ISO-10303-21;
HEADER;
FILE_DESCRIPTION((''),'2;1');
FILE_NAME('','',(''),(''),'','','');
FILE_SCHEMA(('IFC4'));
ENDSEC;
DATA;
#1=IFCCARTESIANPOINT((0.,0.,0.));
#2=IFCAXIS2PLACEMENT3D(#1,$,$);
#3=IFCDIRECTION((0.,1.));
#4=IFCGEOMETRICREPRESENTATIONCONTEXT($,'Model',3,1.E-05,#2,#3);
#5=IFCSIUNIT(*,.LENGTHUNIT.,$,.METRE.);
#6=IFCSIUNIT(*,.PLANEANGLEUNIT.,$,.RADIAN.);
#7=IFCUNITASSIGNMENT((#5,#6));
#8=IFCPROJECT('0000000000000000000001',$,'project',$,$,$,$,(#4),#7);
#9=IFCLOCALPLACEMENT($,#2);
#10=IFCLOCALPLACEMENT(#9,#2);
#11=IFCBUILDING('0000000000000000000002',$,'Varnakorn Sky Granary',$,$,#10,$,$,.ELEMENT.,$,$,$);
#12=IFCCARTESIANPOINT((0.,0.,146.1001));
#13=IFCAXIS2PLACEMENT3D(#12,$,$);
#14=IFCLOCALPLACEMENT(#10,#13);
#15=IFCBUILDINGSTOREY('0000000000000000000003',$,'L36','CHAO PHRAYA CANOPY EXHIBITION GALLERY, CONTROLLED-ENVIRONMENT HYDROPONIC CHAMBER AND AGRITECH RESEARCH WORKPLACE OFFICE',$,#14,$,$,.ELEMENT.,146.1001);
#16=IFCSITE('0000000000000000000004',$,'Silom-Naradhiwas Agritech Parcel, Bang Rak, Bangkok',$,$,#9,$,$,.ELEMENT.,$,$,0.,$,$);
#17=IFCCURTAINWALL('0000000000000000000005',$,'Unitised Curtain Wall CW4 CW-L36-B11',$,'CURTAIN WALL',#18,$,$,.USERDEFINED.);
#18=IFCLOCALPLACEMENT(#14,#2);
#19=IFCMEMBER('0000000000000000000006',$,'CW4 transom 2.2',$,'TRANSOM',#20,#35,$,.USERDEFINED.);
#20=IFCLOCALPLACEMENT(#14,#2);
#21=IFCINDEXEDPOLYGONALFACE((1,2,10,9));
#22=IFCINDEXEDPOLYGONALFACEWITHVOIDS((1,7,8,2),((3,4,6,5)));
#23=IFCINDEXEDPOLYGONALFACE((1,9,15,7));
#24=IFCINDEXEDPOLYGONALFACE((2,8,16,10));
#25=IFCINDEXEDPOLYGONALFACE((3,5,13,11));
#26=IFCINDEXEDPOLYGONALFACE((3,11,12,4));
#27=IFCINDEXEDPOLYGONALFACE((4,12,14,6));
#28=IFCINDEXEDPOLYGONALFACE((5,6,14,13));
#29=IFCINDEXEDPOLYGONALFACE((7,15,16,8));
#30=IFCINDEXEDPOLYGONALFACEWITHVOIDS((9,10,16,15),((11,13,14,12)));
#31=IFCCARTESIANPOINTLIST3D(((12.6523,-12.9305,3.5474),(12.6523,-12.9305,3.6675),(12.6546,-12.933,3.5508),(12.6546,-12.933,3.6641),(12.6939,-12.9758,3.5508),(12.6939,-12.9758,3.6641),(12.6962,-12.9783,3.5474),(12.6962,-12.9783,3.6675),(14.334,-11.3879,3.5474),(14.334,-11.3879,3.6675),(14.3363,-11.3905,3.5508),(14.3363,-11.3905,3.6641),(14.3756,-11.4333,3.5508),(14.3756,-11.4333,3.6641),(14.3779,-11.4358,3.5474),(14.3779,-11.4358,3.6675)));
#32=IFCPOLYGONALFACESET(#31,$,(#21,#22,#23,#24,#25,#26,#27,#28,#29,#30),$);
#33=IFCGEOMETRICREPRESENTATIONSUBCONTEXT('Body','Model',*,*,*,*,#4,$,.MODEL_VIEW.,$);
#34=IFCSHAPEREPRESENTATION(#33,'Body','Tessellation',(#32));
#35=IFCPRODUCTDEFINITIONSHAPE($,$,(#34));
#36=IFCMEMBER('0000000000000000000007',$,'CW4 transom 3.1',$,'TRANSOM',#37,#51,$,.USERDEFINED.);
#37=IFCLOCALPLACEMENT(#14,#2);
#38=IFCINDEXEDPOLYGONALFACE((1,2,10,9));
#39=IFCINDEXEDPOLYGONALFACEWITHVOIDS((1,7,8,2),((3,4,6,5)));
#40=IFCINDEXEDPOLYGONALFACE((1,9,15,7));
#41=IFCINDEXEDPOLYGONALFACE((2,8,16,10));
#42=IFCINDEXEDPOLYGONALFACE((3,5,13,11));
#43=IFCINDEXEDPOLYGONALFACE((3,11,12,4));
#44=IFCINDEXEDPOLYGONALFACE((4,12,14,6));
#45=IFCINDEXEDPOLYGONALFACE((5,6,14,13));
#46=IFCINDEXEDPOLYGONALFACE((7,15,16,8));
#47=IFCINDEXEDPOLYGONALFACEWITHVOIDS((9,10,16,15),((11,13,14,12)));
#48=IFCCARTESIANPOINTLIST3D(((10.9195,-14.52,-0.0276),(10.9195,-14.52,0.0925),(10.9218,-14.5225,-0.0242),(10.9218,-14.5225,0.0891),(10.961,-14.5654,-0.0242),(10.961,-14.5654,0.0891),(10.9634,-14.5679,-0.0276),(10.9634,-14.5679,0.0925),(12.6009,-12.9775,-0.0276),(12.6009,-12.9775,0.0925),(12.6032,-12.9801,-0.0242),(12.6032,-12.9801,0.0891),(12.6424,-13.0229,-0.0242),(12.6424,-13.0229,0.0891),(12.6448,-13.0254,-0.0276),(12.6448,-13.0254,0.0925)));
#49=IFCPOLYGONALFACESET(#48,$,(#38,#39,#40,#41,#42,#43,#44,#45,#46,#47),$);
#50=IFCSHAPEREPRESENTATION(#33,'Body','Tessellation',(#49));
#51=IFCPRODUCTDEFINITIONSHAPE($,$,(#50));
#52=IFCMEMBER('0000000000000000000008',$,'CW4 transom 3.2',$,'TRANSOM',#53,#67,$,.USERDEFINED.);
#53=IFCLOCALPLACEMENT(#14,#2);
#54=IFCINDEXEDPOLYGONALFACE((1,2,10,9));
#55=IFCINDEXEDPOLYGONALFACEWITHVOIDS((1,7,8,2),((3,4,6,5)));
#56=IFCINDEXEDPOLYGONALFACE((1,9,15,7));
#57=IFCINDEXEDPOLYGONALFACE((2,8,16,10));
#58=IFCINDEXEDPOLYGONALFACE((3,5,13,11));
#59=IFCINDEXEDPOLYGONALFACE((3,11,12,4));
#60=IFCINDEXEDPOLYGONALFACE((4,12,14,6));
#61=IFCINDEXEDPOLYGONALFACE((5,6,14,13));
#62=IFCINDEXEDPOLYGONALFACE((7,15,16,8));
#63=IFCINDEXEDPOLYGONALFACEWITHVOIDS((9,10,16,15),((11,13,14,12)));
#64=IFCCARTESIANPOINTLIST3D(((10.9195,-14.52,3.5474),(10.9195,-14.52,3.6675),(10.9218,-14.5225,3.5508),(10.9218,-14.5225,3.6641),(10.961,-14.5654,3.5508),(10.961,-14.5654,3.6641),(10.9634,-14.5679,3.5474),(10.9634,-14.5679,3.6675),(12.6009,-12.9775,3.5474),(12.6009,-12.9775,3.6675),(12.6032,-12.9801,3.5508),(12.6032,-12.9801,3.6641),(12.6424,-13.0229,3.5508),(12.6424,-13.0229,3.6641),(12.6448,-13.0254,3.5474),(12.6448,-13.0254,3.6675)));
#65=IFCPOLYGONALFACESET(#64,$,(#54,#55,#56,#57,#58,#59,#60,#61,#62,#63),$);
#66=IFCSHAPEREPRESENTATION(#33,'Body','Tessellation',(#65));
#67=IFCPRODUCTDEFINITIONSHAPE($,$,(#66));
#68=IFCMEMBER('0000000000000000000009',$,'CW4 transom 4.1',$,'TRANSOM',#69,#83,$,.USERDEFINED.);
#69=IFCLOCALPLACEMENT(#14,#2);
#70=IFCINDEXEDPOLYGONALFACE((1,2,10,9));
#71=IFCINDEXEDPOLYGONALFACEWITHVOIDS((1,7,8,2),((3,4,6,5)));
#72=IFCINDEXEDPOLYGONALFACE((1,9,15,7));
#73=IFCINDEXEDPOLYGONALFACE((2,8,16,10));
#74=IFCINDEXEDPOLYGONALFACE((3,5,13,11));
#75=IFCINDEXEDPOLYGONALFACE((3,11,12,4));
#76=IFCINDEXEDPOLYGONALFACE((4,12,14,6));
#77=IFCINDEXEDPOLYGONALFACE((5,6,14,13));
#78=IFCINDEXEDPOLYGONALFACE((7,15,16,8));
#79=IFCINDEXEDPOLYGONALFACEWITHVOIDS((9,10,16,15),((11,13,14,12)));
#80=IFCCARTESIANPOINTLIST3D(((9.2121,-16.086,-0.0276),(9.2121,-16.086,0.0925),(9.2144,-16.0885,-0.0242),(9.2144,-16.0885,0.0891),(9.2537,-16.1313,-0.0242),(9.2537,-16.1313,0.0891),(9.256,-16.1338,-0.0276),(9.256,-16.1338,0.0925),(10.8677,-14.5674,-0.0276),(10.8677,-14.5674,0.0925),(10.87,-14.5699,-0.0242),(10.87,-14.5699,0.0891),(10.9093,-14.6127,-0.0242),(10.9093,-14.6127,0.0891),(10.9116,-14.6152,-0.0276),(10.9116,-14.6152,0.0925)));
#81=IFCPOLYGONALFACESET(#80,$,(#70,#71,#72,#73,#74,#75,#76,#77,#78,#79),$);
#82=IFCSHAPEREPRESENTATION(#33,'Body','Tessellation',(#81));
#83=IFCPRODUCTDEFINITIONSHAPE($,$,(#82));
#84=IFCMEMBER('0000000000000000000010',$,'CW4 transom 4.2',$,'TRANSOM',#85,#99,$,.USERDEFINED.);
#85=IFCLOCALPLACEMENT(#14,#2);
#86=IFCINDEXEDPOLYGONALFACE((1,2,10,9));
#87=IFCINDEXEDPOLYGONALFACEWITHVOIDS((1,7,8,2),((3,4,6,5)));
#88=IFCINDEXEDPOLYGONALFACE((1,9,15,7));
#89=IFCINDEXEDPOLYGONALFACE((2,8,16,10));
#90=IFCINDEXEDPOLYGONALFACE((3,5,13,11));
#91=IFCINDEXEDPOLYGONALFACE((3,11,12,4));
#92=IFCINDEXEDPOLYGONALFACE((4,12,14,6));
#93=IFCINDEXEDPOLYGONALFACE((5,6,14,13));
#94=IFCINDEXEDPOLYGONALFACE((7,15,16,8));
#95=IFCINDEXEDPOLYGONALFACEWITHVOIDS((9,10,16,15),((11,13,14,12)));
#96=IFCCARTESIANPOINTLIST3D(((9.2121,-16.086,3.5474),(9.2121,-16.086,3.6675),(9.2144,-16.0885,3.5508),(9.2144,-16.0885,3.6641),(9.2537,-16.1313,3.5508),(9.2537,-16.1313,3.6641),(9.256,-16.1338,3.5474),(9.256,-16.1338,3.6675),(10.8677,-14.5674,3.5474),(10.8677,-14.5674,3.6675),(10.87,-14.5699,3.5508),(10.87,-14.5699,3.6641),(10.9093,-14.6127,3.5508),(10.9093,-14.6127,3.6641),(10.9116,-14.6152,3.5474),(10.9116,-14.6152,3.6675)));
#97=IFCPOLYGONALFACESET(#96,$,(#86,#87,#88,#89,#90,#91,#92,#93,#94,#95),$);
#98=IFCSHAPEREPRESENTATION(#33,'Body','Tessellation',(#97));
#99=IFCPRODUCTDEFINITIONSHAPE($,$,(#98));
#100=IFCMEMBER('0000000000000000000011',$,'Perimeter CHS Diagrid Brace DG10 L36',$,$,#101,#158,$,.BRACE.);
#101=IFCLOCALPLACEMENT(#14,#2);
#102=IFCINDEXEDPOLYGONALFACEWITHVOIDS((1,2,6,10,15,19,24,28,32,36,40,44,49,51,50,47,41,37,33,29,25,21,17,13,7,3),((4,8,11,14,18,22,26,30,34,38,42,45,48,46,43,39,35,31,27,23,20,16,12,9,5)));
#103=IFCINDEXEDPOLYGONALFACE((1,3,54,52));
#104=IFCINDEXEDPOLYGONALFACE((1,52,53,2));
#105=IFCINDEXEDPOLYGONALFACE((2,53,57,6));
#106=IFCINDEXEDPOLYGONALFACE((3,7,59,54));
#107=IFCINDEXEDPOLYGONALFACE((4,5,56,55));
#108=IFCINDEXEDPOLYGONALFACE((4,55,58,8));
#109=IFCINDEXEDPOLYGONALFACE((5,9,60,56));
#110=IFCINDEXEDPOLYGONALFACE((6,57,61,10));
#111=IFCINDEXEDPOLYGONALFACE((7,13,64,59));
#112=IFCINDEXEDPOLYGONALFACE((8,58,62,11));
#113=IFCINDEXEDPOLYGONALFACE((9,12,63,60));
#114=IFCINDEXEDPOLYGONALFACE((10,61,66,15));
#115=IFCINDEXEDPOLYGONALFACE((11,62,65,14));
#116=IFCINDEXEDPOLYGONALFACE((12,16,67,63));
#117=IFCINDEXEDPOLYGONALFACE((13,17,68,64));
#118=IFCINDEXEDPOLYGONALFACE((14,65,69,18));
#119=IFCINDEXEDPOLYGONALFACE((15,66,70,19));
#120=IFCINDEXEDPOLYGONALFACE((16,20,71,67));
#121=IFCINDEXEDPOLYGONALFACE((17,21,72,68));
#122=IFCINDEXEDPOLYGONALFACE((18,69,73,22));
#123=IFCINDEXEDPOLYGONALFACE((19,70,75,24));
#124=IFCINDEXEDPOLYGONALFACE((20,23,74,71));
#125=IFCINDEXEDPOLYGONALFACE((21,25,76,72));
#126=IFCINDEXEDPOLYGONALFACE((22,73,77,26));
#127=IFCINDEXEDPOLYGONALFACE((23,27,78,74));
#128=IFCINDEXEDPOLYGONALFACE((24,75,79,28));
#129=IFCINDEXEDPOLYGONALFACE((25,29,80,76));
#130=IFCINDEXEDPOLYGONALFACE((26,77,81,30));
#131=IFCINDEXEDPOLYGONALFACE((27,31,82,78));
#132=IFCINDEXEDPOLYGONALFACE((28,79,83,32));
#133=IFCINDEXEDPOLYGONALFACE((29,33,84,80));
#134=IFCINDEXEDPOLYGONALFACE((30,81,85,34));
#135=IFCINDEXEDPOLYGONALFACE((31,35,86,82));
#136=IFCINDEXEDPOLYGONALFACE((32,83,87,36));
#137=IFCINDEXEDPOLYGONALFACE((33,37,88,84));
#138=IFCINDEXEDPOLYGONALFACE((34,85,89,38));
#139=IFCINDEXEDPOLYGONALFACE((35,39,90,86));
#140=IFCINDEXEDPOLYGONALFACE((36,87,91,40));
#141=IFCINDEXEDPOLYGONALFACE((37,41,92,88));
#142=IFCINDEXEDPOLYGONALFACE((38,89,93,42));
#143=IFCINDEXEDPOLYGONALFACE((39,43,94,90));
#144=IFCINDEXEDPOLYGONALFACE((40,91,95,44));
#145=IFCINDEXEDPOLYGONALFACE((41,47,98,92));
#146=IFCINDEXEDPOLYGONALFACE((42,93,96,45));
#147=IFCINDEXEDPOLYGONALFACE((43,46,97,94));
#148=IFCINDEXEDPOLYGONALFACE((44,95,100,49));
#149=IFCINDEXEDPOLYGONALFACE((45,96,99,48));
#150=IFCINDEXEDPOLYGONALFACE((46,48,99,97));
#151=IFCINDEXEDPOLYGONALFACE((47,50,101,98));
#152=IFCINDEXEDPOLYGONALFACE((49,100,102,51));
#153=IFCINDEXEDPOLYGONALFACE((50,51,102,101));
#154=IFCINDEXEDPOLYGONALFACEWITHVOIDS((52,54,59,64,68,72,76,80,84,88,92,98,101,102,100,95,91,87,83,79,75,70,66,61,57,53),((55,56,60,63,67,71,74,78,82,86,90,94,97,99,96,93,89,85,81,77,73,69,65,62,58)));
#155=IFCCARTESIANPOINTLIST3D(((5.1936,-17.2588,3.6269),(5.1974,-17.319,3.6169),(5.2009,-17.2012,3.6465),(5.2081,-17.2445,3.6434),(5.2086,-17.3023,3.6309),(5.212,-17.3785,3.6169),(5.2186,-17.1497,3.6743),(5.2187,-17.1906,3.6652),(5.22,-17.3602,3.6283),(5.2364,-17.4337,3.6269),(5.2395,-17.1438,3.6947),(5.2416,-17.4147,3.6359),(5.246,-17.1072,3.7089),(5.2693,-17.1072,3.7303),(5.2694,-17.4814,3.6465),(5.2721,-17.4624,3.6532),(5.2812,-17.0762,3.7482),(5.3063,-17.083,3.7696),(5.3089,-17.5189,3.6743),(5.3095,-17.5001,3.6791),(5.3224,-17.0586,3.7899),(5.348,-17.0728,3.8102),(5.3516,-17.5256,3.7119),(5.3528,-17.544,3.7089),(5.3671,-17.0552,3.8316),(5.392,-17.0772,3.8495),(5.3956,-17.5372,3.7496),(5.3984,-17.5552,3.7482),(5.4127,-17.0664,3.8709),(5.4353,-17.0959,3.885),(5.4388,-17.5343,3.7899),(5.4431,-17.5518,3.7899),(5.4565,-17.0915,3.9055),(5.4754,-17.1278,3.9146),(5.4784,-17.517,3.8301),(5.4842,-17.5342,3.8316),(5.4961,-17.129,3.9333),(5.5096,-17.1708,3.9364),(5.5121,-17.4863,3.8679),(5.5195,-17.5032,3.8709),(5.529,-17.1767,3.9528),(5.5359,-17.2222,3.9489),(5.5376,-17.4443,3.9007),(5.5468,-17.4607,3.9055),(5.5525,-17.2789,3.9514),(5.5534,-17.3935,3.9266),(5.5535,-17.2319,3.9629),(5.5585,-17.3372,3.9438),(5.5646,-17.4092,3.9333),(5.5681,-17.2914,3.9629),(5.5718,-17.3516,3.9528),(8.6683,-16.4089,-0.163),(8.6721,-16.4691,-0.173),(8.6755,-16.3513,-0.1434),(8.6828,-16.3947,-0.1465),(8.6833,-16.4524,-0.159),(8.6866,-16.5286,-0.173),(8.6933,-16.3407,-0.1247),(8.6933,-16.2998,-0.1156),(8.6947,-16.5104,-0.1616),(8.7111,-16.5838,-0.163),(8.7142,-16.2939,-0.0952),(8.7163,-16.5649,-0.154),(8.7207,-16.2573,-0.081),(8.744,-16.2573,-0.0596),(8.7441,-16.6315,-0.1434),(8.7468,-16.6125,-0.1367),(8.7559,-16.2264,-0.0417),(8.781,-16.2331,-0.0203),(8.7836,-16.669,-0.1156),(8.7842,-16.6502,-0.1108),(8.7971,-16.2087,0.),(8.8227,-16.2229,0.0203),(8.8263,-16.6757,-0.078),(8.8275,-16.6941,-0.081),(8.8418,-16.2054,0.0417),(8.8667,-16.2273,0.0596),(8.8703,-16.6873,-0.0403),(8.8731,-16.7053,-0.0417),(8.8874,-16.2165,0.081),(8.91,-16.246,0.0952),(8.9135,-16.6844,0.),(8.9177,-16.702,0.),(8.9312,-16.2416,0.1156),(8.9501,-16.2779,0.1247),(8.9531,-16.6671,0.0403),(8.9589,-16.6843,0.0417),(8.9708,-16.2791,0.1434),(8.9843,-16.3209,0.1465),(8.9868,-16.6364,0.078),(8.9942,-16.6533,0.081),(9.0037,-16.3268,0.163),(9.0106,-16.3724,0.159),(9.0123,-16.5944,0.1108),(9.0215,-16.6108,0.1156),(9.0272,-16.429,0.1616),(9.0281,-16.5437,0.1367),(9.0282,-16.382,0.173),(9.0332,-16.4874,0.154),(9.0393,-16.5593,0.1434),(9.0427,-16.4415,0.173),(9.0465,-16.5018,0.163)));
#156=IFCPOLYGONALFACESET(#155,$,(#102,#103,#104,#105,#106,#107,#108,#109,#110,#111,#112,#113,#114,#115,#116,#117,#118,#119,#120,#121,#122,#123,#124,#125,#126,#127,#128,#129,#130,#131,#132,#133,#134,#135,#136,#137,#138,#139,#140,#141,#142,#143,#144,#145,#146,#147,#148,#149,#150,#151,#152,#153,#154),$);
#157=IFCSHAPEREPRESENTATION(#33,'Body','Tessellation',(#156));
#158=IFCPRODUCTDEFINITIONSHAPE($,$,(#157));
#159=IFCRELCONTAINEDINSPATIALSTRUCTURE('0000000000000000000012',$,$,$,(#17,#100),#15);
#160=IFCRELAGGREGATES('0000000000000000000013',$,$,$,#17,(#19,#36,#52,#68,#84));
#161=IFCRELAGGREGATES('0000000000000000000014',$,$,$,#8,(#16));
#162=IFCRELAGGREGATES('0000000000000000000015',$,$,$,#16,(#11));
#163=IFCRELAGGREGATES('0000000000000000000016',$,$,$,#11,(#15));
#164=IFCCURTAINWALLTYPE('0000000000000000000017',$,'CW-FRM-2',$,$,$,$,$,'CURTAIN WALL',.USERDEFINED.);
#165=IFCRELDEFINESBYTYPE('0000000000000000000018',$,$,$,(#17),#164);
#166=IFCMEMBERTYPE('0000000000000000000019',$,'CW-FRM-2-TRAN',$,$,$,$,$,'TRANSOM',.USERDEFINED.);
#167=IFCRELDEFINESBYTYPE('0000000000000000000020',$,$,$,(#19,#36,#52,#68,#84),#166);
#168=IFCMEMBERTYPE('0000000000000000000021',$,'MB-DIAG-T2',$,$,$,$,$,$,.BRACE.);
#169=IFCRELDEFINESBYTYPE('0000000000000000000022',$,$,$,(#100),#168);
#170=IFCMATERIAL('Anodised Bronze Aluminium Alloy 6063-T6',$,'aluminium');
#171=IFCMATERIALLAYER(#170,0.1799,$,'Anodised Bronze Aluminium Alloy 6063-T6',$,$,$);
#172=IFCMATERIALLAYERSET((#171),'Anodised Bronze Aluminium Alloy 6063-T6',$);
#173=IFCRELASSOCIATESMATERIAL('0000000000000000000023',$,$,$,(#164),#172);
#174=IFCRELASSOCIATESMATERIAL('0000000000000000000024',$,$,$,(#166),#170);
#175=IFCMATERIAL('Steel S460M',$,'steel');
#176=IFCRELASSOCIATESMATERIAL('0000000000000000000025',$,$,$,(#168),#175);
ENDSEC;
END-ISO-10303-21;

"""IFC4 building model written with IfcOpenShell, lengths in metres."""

from ifc_helpers import new_model, si_unit, direction, frame, origin, origin_2d, place, context, subcontext, project, spatial, hollow_rectangle, hollow_circle, extrude, material, layer, layer_set, material_profile, profile_set, type_object, element, aggregate, save


model = new_model("IFC4")

# Units and contexts
model_context = context("Model", 3, precision=1e-05, world=origin(), true_north=direction((0.0, 1.0)))
body_context = subcontext(model_context, "Body", "Model", "MODEL_VIEW")
ifc_project = project(units=[si_unit("LENGTHUNIT", "METRE"), si_unit("PLANEANGLEUNIT", "RADIAN")], contexts=[model_context])

# Site, building, storey
site_placement = place(None, origin())
site = spatial("IfcSite", under=ifc_project, at=site_placement, Name="Silom-Naradhiwas Agritech Parcel, Bang Rak, Bangkok", CompositionType="ELEMENT", RefElevation=0.0)
building_placement = place(site_placement, origin())
building = spatial("IfcBuilding", under=site, at=building_placement, Name="Varnakorn Sky Granary", CompositionType="ELEMENT")
storey_placement = place(building_placement, frame((0.0, 0.0, 146.1001)))
storey = spatial("IfcBuildingStorey", under=building, at=storey_placement, Name="L36", Description="CHAO PHRAYA CANOPY EXHIBITION GALLERY, CONTROLLED-ENVIRONMENT HYDROPONIC CHAMBER AND AGRITECH RESEARCH WORKPLACE OFFICE", CompositionType="ELEMENT", Elevation=146.1001)

# Shared definitions
ifc_material_1 = material(Name="Steel S460M", Category="steel")

# Curtain wall, members
ifc_material_2 = material(Name="Anodised Bronze Aluminium Alloy 6063-T6", Category="aluminium")
ifc_layer_1 = layer(ifc_material_2, 0.1799, Name="Anodised Bronze Aluminium Alloy 6063-T6")
ifc_layer_set_1 = layer_set([ifc_layer_1], Name="Anodised Bronze Aluminium Alloy 6063-T6")
curtain_wall_type = type_object("IfcCurtainWallType", Name="CW-FRM-2", ElementType="CURTAIN WALL", PredefinedType="USERDEFINED", material=ifc_layer_set_1)
curtain_wall_placement = place(storey_placement, origin())
curtain_wall = element("IfcCurtainWall", 1, at=curtain_wall_placement, inside=storey, type_object=curtain_wall_type, Name="Unitised Curtain Wall CW4 CW-L36-B11", ObjectType="CURTAIN WALL", PredefinedType="USERDEFINED")
ifc_material_profile_1 = material_profile(ifc_material_2, hollow_rectangle(XDim=0.0649, YDim=0.1201, WallThickness=0.0034, at=origin_2d()), Name="ALU TRAN 65x120")
ifc_profile_set_1 = profile_set([ifc_material_profile_1], Name="Anodised Bronze Aluminium Alloy 6063-T6")
member_type_1 = type_object("IfcMemberType", Name="CW-FRM-2-TRAN", ElementType="TRANSOM", PredefinedType="USERDEFINED", material=ifc_profile_set_1)
member_1_placement = place(storey_placement, frame((14.356, -11.4119, 3.6074), z_axis=(-0.736941, -0.675957, 0.0), x_axis=(0.675957, -0.736941, 0.0)))
member_1 = element("IfcMember", 2, at=member_1_placement, type_object=member_type_1, Name="CW4 transom 2.2", ObjectType="TRANSOM", PredefinedType="USERDEFINED", context=body_context, shape_type="SweptSolid", body=[
    extrude(hollow_rectangle(XDim=0.0649, YDim=0.1201, WallThickness=0.0034, at=origin_2d()), origin(), (0.0, 0.0, 1.0), 2.282),
])
member_2_placement = place(storey_placement, frame((12.6228, -13.0015, 0.0325), z_axis=(-0.736892, -0.67601, 0.0), x_axis=(0.67601, -0.736892, 0.0)))
member_2 = element("IfcMember", 3, at=member_2_placement, type_object=member_type_1, Name="CW4 transom 3.1", ObjectType="TRANSOM", PredefinedType="USERDEFINED", context=body_context, shape_type="SweptSolid", body=[
    extrude(hollow_rectangle(XDim=0.0649, YDim=0.1201, WallThickness=0.0034, at=origin_2d()), origin(), (0.0, 0.0, 1.0), 2.2817),
])
member_3_placement = place(storey_placement, frame((12.6228, -13.0015, 3.6074), z_axis=(-0.736892, -0.67601, 0.0), x_axis=(0.67601, -0.736892, 0.0)))
member_3 = element("IfcMember", 4, at=member_3_placement, type_object=member_type_1, Name="CW4 transom 3.2", ObjectType="TRANSOM", PredefinedType="USERDEFINED", context=body_context, shape_type="SweptSolid", body=[
    extrude(hollow_rectangle(XDim=0.0649, YDim=0.1201, WallThickness=0.0034, at=origin_2d()), origin(), (0.0, 0.0, 1.0), 2.2817),
])
member_4_placement = place(storey_placement, frame((10.8896, -14.5913, 0.0325), z_axis=(-0.736933, -0.675966, 0.0), x_axis=(0.675966, -0.736933, 0.0)))
member_4 = element("IfcMember", 5, at=member_4_placement, type_object=member_type_1, Name="CW4 transom 4.1", ObjectType="TRANSOM", PredefinedType="USERDEFINED", context=body_context, shape_type="SweptSolid", body=[
    extrude(hollow_rectangle(XDim=0.0649, YDim=0.1201, WallThickness=0.0034, at=origin_2d()), origin(), (0.0, 0.0, 1.0), 2.2466),
])
member_5_placement = place(storey_placement, frame((10.8896, -14.5913, 3.6074), z_axis=(-0.736933, -0.675966, 0.0), x_axis=(0.675966, -0.736933, 0.0)))
member_5 = element("IfcMember", 6, at=member_5_placement, type_object=member_type_1, Name="CW4 transom 4.2", ObjectType="TRANSOM", PredefinedType="USERDEFINED", context=body_context, shape_type="SweptSolid", body=[
    extrude(hollow_rectangle(XDim=0.0649, YDim=0.1201, WallThickness=0.0034, at=origin_2d()), origin(), (0.0, 0.0, 1.0), 2.2466),
])

# Member
ifc_material_profile_2 = material_profile(ifc_material_1, hollow_circle(Radius=0.2539, WallThickness=0.0181, at=origin_2d()), Name="CHS 508x18")
ifc_profile_set_2 = profile_set([ifc_material_profile_2], Name="Steel S460M")
member_type_2 = type_object("IfcMemberType", Name="MB-DIAG-T2", PredefinedType="BRACE", material=ifc_profile_set_2)
member_6_placement = place(storey_placement, frame((8.8574, -16.4553, 0.0), z_axis=(-0.666744, -0.163079, 0.727226), x_axis=(0.237586, -0.971366, 0.0)))
element("IfcMember", 7, at=member_6_placement, inside=storey, type_object=member_type_2, Name="Perimeter CHS Diagrid Brace DG10 L36", PredefinedType="BRACE", context=body_context, shape_type="SweptSolid", body=[
    extrude(hollow_circle(Radius=0.2539, WallThickness=0.0181, at=origin_2d()), origin(), (0.0, 0.0, 1.0), 5.2114),
])

aggregate(curtain_wall, [member_1, member_2, member_3, member_4, member_5])

save(model, "model.ifc")
